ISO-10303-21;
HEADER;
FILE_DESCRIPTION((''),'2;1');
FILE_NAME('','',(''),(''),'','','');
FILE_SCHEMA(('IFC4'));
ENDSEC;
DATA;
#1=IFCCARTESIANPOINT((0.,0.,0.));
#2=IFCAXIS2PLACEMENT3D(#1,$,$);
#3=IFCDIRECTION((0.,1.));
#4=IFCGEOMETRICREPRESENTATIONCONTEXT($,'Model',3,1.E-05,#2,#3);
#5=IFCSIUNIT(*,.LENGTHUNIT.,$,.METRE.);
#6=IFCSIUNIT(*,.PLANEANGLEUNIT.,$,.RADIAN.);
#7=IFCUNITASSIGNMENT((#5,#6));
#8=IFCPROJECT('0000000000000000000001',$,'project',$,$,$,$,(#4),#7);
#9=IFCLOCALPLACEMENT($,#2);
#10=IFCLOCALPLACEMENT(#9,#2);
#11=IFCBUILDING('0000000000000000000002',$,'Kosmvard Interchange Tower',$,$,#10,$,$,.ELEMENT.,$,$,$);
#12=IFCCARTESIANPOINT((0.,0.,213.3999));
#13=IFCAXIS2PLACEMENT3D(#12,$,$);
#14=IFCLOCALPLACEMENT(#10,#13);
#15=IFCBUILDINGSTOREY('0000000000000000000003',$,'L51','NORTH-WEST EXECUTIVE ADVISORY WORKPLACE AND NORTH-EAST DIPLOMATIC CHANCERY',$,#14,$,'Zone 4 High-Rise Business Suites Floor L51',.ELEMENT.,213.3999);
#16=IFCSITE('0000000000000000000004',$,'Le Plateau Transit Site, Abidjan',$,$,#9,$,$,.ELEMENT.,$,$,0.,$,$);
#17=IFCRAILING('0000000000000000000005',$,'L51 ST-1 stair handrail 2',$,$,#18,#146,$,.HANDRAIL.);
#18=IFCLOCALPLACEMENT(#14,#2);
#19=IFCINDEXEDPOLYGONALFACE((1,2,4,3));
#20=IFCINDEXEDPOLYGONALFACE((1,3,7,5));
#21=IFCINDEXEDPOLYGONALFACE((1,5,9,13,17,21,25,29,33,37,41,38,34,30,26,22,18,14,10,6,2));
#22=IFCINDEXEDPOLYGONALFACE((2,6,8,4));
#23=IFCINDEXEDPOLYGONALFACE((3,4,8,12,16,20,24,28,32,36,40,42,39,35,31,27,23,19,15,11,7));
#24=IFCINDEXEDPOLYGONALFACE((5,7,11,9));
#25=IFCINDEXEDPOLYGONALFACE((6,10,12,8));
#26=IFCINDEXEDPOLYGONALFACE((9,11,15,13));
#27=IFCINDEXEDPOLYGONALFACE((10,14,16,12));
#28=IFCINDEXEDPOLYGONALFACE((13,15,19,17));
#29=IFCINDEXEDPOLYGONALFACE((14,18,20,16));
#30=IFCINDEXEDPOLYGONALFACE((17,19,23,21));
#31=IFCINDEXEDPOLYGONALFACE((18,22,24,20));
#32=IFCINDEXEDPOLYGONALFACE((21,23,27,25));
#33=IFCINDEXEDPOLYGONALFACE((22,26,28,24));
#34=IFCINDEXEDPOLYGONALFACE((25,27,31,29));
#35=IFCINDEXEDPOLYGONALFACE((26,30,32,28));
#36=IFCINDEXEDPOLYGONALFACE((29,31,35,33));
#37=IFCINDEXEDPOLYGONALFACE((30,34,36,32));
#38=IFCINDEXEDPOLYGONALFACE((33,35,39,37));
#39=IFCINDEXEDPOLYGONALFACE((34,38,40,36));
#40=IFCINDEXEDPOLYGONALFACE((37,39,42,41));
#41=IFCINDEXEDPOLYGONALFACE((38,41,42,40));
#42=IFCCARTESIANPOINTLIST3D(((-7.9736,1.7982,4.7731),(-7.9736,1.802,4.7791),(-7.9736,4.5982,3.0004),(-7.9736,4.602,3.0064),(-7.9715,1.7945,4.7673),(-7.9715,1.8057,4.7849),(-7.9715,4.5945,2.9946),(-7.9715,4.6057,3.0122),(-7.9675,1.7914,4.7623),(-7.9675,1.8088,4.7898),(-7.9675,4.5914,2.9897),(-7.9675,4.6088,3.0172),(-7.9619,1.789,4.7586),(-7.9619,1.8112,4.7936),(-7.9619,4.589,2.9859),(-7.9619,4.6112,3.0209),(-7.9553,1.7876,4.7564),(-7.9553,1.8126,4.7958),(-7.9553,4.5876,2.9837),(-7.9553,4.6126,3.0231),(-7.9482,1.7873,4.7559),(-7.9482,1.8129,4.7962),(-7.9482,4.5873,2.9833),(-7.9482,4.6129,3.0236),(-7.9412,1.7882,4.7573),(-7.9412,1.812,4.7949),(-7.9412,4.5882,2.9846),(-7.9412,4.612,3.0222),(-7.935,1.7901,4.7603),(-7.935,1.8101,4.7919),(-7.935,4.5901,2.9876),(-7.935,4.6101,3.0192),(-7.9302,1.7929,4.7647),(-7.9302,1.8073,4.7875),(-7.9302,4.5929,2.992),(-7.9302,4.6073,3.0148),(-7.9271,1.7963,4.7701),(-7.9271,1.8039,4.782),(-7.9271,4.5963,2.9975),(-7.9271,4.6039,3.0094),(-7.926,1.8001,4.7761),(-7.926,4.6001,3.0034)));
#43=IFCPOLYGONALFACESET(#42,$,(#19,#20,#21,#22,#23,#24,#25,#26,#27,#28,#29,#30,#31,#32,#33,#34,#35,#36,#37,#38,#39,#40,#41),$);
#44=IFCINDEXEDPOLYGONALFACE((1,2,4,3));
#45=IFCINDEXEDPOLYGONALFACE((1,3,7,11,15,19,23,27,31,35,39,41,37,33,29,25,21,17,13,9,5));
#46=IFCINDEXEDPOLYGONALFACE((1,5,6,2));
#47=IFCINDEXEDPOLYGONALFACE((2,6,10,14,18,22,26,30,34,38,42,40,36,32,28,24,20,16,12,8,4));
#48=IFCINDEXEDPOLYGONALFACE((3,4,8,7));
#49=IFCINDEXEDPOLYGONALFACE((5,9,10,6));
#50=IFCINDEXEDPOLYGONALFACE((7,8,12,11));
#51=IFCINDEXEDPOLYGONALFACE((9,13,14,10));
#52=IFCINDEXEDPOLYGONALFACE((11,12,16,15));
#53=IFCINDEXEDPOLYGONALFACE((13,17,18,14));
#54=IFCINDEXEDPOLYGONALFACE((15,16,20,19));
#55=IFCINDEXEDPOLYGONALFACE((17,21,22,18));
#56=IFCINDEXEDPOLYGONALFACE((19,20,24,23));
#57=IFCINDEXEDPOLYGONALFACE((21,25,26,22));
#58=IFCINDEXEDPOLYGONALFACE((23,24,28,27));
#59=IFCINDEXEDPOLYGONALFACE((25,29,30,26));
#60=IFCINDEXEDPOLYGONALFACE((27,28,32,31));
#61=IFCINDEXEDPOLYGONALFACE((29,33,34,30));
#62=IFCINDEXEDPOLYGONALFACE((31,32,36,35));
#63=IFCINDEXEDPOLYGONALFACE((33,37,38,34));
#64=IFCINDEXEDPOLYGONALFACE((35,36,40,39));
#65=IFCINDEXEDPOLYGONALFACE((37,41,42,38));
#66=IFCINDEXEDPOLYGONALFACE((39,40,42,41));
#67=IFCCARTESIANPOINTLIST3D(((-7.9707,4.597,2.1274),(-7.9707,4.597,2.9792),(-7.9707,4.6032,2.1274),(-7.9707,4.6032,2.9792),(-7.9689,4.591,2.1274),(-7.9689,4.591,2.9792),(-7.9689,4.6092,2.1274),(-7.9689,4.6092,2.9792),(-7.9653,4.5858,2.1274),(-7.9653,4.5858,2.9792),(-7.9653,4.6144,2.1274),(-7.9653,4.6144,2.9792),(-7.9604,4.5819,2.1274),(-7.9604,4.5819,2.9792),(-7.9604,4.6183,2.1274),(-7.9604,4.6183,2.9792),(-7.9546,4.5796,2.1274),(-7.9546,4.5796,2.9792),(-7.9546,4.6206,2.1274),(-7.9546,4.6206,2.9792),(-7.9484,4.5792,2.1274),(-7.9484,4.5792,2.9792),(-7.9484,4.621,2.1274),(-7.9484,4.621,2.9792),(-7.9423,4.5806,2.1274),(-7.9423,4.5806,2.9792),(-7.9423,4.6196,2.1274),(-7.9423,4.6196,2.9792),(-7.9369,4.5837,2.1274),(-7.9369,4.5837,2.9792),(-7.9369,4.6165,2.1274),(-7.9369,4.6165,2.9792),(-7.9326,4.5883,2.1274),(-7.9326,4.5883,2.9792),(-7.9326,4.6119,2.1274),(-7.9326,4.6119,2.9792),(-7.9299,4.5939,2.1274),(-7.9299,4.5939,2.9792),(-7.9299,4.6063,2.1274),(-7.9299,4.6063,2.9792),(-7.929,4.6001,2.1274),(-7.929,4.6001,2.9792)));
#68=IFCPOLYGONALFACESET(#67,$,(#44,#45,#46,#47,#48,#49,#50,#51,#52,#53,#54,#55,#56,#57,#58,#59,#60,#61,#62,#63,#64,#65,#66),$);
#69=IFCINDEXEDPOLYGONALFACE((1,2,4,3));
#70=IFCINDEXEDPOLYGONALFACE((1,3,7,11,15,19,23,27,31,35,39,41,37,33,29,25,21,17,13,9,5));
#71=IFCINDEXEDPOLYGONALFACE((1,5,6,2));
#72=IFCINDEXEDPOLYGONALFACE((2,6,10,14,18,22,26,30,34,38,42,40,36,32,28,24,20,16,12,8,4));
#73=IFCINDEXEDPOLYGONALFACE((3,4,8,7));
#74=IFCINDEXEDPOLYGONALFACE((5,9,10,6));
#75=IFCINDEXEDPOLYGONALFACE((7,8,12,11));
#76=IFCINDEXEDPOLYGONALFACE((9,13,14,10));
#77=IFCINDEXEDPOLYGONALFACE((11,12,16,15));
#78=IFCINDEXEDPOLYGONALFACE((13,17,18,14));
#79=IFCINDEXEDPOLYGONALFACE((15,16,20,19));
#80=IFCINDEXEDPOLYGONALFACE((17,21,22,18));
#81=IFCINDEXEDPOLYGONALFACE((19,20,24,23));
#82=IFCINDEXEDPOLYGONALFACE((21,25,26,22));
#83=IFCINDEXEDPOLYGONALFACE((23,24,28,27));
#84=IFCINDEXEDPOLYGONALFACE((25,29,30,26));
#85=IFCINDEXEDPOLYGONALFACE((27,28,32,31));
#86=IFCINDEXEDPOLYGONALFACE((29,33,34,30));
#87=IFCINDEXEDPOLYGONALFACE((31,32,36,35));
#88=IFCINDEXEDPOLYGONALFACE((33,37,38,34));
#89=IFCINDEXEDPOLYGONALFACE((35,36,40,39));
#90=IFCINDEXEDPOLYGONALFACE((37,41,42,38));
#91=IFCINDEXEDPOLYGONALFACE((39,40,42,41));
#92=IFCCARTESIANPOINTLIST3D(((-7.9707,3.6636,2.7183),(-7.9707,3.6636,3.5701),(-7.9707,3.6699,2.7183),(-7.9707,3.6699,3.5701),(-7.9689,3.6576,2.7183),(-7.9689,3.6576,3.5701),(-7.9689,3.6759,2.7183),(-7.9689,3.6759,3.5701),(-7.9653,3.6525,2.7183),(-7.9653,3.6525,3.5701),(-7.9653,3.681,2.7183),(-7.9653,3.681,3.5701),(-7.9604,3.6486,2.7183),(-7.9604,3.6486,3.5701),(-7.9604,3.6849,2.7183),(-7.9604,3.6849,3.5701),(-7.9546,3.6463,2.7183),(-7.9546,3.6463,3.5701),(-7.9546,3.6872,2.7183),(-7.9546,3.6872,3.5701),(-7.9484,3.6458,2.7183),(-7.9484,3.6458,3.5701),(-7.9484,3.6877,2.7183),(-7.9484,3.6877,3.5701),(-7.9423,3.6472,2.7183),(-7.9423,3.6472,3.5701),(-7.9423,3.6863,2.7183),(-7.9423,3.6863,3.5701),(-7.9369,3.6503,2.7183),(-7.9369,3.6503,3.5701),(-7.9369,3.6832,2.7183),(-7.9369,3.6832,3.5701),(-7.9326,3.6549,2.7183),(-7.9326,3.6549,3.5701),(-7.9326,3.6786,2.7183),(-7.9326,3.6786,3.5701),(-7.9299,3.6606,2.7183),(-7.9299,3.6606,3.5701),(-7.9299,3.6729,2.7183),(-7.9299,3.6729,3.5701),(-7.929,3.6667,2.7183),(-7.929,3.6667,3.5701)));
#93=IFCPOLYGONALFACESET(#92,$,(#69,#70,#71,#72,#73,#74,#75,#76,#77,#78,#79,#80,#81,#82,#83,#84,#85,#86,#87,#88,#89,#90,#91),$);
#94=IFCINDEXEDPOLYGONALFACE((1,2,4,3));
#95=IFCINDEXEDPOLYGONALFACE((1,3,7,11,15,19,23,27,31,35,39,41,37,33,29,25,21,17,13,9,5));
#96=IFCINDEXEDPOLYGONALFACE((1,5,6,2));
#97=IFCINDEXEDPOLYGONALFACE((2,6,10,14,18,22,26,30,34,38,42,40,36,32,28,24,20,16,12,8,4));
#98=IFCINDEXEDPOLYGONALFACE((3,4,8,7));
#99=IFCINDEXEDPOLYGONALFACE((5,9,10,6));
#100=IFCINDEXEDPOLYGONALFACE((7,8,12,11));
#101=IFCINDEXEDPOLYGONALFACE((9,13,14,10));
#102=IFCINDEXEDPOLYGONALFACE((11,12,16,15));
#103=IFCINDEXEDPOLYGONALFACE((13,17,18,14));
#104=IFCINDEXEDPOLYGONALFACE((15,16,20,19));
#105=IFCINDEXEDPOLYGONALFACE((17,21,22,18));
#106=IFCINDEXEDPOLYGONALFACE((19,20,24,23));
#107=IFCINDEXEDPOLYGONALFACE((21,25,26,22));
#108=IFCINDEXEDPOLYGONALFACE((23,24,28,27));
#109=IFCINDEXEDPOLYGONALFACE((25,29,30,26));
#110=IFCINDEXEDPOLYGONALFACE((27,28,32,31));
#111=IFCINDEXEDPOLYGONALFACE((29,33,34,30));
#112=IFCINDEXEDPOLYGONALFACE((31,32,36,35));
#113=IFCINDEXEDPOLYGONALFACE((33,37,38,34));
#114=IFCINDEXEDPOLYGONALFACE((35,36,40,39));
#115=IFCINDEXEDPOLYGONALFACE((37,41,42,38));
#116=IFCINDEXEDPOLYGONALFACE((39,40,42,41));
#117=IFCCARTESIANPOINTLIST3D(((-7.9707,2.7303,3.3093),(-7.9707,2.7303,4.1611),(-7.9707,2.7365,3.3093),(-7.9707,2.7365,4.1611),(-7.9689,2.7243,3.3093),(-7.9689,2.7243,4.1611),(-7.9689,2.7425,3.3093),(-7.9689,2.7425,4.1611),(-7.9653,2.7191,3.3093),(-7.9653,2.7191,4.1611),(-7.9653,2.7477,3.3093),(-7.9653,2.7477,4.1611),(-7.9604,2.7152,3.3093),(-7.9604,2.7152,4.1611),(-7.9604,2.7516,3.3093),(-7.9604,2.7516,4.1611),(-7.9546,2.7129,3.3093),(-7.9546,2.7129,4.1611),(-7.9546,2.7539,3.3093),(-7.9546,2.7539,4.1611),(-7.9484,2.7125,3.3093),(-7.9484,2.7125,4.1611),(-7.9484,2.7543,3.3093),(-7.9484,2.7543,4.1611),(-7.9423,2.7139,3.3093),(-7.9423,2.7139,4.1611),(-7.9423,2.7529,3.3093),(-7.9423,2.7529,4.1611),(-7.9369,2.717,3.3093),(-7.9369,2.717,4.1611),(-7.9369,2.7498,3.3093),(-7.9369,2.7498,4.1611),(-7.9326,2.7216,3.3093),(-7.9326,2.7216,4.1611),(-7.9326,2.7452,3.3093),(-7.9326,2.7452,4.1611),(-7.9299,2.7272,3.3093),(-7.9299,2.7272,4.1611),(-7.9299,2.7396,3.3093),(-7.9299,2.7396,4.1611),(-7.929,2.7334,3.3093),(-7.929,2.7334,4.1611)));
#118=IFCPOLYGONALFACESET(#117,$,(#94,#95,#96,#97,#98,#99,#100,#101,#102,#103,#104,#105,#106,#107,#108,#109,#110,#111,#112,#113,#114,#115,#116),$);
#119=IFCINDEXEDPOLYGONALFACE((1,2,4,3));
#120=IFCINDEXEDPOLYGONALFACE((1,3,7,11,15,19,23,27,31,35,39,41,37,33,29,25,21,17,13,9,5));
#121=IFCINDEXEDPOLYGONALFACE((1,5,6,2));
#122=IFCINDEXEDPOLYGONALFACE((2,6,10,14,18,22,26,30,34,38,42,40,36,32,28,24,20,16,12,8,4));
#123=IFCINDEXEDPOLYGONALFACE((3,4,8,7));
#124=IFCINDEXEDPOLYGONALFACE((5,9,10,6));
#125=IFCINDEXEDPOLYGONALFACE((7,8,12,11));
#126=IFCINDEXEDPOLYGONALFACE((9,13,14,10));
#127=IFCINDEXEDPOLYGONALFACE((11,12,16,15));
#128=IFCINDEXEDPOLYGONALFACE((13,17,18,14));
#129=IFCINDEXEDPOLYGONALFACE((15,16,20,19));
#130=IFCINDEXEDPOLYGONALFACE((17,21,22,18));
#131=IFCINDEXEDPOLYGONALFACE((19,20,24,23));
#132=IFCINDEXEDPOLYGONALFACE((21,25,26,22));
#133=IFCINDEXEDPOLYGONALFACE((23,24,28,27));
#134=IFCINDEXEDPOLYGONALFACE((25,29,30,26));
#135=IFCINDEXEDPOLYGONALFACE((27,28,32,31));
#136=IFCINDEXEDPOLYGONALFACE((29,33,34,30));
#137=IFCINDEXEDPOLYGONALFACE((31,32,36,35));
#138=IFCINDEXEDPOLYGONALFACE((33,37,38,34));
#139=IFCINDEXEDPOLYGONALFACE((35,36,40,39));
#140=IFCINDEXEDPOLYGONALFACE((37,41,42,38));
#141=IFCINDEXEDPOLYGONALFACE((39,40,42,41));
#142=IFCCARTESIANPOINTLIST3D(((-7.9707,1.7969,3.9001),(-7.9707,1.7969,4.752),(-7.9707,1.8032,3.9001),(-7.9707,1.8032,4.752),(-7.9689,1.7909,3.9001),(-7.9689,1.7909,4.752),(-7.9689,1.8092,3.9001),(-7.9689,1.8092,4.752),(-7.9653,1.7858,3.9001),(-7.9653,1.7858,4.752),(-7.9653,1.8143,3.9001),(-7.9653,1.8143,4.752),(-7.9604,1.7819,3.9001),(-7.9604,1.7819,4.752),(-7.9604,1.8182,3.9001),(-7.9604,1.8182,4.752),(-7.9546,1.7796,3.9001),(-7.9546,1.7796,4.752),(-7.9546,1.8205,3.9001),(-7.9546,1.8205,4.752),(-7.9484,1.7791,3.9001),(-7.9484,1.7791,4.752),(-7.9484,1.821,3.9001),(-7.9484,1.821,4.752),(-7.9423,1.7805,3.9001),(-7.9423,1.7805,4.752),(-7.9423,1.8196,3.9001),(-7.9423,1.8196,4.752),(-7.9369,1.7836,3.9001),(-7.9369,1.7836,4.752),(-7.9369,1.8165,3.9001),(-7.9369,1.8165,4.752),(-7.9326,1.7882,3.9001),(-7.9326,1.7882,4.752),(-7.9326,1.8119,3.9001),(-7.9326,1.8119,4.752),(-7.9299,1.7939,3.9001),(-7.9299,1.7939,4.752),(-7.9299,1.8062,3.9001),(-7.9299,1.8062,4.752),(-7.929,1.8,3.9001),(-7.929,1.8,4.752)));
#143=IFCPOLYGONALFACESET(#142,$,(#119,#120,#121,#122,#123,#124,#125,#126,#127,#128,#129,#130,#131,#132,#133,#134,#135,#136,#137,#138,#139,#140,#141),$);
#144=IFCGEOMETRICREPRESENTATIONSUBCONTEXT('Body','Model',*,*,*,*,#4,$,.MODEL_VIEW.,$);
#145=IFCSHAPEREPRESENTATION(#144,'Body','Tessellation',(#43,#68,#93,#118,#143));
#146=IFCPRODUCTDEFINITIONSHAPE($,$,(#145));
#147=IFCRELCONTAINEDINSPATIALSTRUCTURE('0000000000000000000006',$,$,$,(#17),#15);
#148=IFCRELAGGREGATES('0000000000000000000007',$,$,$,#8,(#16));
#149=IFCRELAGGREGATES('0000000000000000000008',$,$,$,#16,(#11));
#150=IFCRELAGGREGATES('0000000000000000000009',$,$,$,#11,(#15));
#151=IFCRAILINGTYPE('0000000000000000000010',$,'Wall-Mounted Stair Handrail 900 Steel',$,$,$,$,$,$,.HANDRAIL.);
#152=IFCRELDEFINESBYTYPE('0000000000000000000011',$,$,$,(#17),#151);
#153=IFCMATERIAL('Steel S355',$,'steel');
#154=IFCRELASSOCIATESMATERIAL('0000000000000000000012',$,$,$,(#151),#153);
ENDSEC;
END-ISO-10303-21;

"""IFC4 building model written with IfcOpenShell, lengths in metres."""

from ifc_helpers import new_model, si_unit, direction, frame, origin, origin_2d, place, context, subcontext, project, spatial, circle, extrude, source, transform, mapped, material, type_object, element, save


model = new_model("IFC4")

# Units and contexts
model_context = context("Model", 3, precision=1e-05, world=origin(), true_north=direction((0.0, 1.0)))
body_context = subcontext(model_context, "Body", "Model", "MODEL_VIEW")
ifc_project = project(units=[si_unit("LENGTHUNIT", "METRE"), si_unit("PLANEANGLEUNIT", "RADIAN")], contexts=[model_context])

# Site, building, storey
site_placement = place(None, origin())
site = spatial("IfcSite", under=ifc_project, at=site_placement, Name="Le Plateau Transit Site, Abidjan", CompositionType="ELEMENT", RefElevation=0.0)
building_placement = place(site_placement, origin())
building = spatial("IfcBuilding", under=site, at=building_placement, Name="Kosmvard Interchange Tower", CompositionType="ELEMENT")
storey_placement = place(building_placement, frame((0.0, 0.0, 213.3999)))
storey = spatial("IfcBuildingStorey", under=building, at=storey_placement, Name="L51", Description="NORTH-WEST EXECUTIVE ADVISORY WORKPLACE AND NORTH-EAST DIPLOMATIC CHANCERY", LongName="Zone 4 High-Rise Business Suites Floor L51", CompositionType="ELEMENT", Elevation=213.3999)

# Shared definitions
ifc_material_1 = material(Name="Steel S355", Category="steel")

# Railing
railing_type_1 = type_object("IfcRailingType", Name="Wall-Mounted Stair Handrail 900 Steel", PredefinedType="HANDRAIL", material=ifc_material_1)
shared_shape_1 = source(origin(), body_context, "Body", "SweptSolid", [
    extrude(circle(Radius=0.0239, at=origin_2d()), frame((0.0, 0.0, 0.876), z_axis=(0.0, -0.844909, 0.53491), x_axis=(1.0, 0.0, 0.0)), (0.0, 0.0, 1.0), 3.314),
    extrude(circle(Radius=0.021, at=origin_2d()), origin(), (0.0, 0.0, 1.0), 0.8518),
    extrude(circle(Radius=0.021, at=origin_2d()), frame((0.0, -0.9333, 0.5908)), (0.0, 0.0, 1.0), 0.8518),
    extrude(circle(Radius=0.021, at=origin_2d()), frame((0.0, -1.8667, 1.1819)), (0.0, 0.0, 1.0), 0.8518),
    extrude(circle(Radius=0.021, at=origin_2d()), frame((0.0, -2.8, 1.7727)), (0.0, 0.0, 1.0), 0.8518),
])
railing_1_placement = place(storey_placement, frame((-7.95, 4.6001, 2.1274)))
element("IfcRailing", 1, at=railing_1_placement, inside=storey, type_object=railing_type_1, Name="L51 ST-1 stair handrail 2", PredefinedType="HANDRAIL", context=body_context, shape_type="MappedRepresentation", body=[
    mapped(shared_shape_1, transform((0.0, 0.0, 0.0), scale=1.0)),
])

save(model, "model.ifc")
